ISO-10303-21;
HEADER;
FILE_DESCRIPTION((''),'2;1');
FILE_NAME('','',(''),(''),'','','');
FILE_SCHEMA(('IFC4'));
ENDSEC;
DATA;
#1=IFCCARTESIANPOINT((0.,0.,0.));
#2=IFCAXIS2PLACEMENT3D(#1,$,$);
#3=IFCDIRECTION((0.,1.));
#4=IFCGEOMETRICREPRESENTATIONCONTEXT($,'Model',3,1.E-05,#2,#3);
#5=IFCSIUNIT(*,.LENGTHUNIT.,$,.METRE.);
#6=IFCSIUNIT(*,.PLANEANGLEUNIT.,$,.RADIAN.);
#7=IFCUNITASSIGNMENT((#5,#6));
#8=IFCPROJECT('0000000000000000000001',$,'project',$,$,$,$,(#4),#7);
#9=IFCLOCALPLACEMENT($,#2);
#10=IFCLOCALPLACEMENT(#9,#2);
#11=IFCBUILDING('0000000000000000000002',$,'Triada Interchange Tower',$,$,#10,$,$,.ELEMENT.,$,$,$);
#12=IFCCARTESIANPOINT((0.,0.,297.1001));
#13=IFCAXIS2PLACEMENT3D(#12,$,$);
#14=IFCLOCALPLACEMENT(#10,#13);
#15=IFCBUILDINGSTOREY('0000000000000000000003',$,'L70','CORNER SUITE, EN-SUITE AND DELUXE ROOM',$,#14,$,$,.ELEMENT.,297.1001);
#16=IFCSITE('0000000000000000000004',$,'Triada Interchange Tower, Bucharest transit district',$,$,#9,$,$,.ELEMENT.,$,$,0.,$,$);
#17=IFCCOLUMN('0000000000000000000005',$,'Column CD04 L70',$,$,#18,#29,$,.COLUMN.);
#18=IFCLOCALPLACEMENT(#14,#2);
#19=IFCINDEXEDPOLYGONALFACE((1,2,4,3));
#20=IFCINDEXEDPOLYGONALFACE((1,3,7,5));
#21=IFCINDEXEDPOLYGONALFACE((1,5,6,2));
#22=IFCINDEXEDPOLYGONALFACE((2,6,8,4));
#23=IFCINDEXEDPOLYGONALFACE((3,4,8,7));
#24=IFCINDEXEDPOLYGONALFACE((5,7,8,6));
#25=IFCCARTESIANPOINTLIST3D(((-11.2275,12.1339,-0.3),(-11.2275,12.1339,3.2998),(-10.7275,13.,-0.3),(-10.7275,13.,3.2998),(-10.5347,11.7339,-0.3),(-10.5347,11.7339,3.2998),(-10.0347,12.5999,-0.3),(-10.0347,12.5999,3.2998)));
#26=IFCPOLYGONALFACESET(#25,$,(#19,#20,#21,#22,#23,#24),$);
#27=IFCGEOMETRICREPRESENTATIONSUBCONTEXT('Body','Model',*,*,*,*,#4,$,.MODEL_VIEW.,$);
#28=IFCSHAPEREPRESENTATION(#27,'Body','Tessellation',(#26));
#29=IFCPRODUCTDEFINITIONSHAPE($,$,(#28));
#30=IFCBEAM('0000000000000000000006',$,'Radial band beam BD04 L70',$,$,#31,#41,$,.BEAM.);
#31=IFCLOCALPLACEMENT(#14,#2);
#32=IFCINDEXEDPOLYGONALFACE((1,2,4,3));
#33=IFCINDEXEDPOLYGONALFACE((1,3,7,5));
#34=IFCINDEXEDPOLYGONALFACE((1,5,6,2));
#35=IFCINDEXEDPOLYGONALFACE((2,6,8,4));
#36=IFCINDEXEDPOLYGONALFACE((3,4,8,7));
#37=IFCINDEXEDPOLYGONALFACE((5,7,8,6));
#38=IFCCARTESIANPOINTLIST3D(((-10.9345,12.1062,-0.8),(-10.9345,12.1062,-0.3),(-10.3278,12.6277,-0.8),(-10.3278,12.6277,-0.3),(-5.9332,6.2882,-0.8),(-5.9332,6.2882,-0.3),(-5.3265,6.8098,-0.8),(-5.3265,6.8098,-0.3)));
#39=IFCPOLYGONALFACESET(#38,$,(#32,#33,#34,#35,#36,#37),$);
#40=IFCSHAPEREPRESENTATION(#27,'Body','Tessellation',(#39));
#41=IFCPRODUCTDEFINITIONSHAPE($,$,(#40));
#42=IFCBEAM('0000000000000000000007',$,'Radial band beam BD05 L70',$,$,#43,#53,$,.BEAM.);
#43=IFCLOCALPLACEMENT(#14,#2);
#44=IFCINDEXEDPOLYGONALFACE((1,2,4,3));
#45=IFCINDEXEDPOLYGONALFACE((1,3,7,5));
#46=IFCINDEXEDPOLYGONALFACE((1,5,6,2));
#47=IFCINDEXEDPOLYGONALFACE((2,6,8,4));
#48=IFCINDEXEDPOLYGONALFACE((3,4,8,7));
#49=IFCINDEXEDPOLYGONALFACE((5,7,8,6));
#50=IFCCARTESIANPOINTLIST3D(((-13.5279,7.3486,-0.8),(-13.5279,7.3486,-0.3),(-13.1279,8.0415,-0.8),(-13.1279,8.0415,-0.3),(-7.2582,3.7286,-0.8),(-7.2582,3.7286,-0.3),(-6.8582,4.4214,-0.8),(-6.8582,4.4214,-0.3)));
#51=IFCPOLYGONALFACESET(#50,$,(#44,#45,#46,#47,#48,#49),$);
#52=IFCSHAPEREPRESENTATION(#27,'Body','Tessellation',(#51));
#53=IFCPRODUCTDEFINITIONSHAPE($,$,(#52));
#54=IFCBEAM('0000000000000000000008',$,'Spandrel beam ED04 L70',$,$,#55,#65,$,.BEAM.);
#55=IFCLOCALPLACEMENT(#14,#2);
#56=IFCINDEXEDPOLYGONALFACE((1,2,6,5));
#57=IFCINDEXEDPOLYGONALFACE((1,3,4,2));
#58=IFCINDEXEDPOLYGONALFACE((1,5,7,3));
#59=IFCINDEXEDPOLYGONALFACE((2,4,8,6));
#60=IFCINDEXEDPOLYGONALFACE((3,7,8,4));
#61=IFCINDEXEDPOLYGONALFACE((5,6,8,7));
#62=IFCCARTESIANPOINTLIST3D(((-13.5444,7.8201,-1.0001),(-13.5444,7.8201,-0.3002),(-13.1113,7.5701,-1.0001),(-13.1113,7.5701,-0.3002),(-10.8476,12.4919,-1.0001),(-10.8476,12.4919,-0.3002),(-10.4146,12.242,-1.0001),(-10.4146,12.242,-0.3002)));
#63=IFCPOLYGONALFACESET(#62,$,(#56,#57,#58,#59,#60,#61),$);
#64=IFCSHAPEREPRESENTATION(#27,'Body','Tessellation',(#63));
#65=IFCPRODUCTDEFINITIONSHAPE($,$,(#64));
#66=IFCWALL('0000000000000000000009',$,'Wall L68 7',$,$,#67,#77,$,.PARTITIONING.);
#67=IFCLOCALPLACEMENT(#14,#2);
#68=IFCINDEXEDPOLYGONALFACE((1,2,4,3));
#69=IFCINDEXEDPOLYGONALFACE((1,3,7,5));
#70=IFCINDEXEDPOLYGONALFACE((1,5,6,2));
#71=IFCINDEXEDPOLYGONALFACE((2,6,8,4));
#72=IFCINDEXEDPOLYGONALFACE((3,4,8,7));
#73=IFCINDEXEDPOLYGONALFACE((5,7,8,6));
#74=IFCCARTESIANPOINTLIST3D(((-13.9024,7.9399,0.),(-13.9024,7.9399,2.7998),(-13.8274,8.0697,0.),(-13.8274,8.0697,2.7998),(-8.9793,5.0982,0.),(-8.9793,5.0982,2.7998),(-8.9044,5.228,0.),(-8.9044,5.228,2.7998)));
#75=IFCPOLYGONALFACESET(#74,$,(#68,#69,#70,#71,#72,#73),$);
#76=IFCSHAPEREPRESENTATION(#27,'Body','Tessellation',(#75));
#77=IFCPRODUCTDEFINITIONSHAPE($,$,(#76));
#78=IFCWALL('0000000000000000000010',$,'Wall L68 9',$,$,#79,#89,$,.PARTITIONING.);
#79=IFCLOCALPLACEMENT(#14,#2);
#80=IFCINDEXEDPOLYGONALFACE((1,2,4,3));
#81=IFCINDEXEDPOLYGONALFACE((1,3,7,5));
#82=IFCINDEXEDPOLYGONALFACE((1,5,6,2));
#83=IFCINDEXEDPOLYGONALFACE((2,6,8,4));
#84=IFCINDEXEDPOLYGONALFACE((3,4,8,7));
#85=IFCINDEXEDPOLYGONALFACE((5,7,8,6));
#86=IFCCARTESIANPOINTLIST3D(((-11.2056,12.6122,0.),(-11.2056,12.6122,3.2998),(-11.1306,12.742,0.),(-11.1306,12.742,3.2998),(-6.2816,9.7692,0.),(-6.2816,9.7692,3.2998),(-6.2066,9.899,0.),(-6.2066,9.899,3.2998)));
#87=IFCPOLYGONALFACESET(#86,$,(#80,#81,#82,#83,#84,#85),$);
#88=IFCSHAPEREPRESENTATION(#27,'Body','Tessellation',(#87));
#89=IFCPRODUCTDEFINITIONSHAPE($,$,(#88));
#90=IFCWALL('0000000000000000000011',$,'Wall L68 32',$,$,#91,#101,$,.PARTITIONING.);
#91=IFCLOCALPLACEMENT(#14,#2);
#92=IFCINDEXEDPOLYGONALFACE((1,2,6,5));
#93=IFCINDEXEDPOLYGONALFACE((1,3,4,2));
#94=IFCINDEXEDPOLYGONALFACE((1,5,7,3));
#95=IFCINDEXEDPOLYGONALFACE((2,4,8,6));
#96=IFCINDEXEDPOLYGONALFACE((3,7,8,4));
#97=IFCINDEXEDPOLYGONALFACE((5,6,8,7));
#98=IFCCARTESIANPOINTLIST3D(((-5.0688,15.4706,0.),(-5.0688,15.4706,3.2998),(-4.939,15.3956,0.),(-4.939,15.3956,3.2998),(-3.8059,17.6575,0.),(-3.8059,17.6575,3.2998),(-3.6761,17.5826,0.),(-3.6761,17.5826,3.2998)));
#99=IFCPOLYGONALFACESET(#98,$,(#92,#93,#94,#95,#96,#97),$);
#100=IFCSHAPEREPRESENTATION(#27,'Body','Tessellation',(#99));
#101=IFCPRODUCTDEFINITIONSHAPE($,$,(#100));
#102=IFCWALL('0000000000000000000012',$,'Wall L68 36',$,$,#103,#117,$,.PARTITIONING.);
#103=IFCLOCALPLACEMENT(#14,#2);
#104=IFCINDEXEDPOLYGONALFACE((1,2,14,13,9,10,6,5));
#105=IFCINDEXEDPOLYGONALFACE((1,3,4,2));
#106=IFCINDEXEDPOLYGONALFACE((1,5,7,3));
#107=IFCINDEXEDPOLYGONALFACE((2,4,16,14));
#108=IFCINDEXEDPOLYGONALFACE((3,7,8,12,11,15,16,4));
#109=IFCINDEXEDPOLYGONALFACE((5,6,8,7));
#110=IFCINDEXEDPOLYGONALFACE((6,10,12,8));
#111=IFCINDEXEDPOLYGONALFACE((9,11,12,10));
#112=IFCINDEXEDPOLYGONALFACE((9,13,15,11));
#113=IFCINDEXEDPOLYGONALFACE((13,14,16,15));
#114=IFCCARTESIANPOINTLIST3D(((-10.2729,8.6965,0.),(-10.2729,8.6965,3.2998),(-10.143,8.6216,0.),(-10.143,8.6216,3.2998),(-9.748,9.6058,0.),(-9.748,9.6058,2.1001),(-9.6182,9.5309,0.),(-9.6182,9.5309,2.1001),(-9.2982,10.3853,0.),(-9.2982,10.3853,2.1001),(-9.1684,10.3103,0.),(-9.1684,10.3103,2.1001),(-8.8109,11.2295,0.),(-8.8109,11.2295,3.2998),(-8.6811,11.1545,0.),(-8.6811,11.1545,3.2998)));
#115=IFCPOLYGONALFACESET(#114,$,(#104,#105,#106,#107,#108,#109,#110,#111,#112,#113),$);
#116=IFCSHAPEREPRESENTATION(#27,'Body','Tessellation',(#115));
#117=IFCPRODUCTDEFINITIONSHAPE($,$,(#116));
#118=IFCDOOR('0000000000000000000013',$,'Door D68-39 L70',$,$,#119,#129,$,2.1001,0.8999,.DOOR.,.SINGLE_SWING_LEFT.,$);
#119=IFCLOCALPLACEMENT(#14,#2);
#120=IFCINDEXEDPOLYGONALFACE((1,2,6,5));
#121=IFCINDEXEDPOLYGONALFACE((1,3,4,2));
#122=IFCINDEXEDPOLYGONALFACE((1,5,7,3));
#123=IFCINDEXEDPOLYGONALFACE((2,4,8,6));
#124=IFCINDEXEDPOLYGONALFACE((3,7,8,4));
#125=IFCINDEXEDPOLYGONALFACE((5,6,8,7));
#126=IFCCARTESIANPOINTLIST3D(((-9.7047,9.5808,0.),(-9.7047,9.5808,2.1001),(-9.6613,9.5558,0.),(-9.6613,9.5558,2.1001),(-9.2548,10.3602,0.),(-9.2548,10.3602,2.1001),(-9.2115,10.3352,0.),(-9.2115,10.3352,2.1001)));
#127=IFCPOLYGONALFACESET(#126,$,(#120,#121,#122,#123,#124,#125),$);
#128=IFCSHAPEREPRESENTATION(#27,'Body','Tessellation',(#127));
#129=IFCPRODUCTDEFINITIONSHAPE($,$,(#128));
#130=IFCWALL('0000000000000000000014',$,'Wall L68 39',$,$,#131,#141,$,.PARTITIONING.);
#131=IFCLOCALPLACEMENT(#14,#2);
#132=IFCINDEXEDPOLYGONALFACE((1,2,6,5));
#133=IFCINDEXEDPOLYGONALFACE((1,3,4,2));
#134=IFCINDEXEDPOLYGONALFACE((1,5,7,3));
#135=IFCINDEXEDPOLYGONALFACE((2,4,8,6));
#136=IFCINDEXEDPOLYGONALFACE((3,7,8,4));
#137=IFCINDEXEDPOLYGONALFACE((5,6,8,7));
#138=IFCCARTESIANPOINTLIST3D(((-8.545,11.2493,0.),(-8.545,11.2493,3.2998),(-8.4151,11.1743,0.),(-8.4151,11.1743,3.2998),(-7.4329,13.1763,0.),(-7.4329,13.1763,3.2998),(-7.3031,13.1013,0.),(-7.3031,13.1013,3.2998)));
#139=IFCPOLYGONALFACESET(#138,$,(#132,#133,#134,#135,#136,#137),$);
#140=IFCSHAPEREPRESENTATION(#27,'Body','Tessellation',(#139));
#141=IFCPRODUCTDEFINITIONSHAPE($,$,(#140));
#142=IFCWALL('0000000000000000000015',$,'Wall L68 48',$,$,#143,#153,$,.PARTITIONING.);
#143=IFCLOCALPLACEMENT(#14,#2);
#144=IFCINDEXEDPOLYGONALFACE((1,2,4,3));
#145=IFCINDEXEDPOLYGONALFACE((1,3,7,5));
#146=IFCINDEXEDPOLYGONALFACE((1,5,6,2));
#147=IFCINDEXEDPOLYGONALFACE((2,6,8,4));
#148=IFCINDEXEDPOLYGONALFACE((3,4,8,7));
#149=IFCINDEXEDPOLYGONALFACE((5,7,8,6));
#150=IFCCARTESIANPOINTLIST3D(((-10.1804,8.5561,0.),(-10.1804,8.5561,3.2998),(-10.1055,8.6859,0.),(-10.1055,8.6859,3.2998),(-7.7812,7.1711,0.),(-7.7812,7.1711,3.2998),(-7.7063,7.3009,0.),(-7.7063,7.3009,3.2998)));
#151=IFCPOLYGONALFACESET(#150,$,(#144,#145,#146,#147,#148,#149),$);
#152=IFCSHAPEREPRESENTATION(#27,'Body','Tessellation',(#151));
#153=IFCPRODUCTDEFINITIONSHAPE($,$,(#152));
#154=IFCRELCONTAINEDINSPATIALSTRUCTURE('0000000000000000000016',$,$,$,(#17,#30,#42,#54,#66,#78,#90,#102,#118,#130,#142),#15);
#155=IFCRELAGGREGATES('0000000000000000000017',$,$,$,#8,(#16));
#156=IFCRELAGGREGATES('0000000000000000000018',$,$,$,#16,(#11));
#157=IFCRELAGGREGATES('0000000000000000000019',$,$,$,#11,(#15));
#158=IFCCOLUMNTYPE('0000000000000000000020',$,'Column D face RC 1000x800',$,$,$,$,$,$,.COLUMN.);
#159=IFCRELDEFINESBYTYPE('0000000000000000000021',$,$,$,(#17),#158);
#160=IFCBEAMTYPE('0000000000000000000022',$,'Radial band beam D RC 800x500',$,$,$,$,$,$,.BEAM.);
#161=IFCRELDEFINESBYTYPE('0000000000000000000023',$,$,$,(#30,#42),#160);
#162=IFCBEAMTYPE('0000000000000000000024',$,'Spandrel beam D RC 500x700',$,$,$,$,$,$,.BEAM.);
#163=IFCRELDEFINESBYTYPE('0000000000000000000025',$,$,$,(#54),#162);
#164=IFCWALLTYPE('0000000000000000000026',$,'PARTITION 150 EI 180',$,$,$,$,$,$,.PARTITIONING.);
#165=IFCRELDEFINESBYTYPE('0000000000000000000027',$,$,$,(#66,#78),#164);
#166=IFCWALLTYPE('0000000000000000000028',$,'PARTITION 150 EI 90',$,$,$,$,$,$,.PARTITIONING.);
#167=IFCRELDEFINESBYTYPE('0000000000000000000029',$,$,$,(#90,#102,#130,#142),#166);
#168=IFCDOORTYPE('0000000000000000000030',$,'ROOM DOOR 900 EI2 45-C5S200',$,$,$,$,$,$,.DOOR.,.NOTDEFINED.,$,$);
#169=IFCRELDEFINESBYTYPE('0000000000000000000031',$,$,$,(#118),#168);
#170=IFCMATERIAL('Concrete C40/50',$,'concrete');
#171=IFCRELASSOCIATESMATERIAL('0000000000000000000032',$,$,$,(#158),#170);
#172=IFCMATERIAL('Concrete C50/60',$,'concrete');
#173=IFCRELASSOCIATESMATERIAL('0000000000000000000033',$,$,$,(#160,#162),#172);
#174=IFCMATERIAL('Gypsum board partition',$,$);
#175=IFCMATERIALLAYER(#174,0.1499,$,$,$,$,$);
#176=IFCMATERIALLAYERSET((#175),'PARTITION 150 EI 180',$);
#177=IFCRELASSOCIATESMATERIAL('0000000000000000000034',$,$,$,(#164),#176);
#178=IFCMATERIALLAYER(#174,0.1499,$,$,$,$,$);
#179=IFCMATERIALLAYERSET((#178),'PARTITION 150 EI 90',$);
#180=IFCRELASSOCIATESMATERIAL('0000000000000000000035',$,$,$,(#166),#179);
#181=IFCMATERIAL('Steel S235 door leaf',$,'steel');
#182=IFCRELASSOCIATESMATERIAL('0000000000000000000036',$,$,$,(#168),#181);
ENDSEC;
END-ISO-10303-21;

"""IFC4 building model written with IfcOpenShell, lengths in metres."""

from ifc_helpers import new_model, si_unit, direction, frame, frame_2d, origin, origin_2d, place, context, subcontext, project, spatial, rectangle, extrude, material, layer, layer_set, material_profile, profile_set, type_object, element, fill, save


model = new_model("IFC4")

# Units and contexts
model_context = context("Model", 3, precision=1e-05, world=origin(), true_north=direction((0.0, 1.0)))
body_context = subcontext(model_context, "Body", "Model", "MODEL_VIEW")
ifc_project = project(units=[si_unit("LENGTHUNIT", "METRE"), si_unit("PLANEANGLEUNIT", "RADIAN")], contexts=[model_context])

# Site, building, storey
site_placement = place(None, origin())
site = spatial("IfcSite", under=ifc_project, at=site_placement, Name="Triada Interchange Tower, Bucharest transit district", CompositionType="ELEMENT", RefElevation=0.0)
building_placement = place(site_placement, origin())
building = spatial("IfcBuilding", under=site, at=building_placement, Name="Triada Interchange Tower", CompositionType="ELEMENT")
storey_placement = place(building_placement, frame((0.0, 0.0, 297.1001)))
storey = spatial("IfcBuildingStorey", under=building, at=storey_placement, Name="L70", Description="CORNER SUITE, EN-SUITE AND DELUXE ROOM", CompositionType="ELEMENT", Elevation=297.1001)

# Column
ifc_material_1 = material(Name="Concrete C40/50", Category="concrete")
ifc_material_profile_1 = material_profile(ifc_material_1, rectangle(XDim=1.0, YDim=0.8, at=origin_2d()), Name="RC 1000x800")
ifc_profile_set_1 = profile_set([ifc_material_profile_1], Name="Concrete C40/50")
column_type = type_object("IfcColumnType", Name="Column D face RC 1000x800", PredefinedType="COLUMN", material=ifc_profile_set_1)
column_placement = place(storey_placement, frame((-10.6311, 12.3669, -0.3), z_axis=(0.0, 0.0, 1.0), x_axis=(0.5, 0.866025, 0.0)))
element("IfcColumn", 1, at=column_placement, inside=storey, type_object=column_type, Name="Column CD04 L70", PredefinedType="COLUMN", context=body_context, shape_type="SweptSolid", body=[
    extrude(rectangle(XDim=1.0, YDim=0.8, at=origin_2d()), origin(), (0.0, 0.0, 1.0), 3.5999),
])

# Beams
ifc_material_2 = material(Name="Concrete C50/60", Category="concrete")
ifc_material_profile_2 = material_profile(ifc_material_2, rectangle(XDim=0.8, YDim=0.5, at=origin_2d()), Name="RC 800x500")
ifc_profile_set_2 = profile_set([ifc_material_profile_2], Name="Concrete C50/60")
beam_type_1 = type_object("IfcBeamType", Name="Radial band beam D RC 800x500", PredefinedType="BEAM", material=ifc_profile_set_2)
beam_1_placement = place(storey_placement, frame((-10.6311, 12.3669, -0.55), z_axis=(0.651878, -0.758324, 0.0), x_axis=(0.758324, 0.651878, 0.0)))
element("IfcBeam", 2, at=beam_1_placement, inside=storey, type_object=beam_type_1, Name="Radial band beam BD04 L70", PredefinedType="BEAM", context=body_context, shape_type="SweptSolid", body=[
    extrude(rectangle(XDim=0.8, YDim=0.5, at=origin_2d()), origin(), (0.0, 0.0, 1.0), 7.6721),
])
beam_2_placement = place(storey_placement, frame((-13.3279, 7.6951, -0.55), z_axis=(0.86601, -0.500027, 0.0), x_axis=(0.500027, 0.86601, 0.0)))
element("IfcBeam", 3, at=beam_2_placement, inside=storey, type_object=beam_type_1, Name="Radial band beam BD05 L70", PredefinedType="BEAM", context=body_context, shape_type="SweptSolid", body=[
    extrude(rectangle(XDim=0.8, YDim=0.5, at=origin_2d()), origin(), (0.0, 0.0, 1.0), 7.2397),
])
ifc_material_profile_3 = material_profile(ifc_material_2, rectangle(XDim=0.5, YDim=0.7, at=origin_2d()), Name="RC 500x700")
ifc_profile_set_3 = profile_set([ifc_material_profile_3], Name="Concrete C50/60")
beam_type_2 = type_object("IfcBeamType", Name="Spandrel beam D RC 500x700", PredefinedType="BEAM", material=ifc_profile_set_3)
beam_3_placement = place(storey_placement, frame((-10.6311, 12.3669, -0.6501), z_axis=(-0.499926, -0.866068, 0.0), x_axis=(0.866068, -0.499926, 0.0)))
element("IfcBeam", 4, at=beam_3_placement, inside=storey, type_object=beam_type_2, Name="Spandrel beam ED04 L70", PredefinedType="BEAM", context=body_context, shape_type="SweptSolid", body=[
    extrude(rectangle(XDim=0.5, YDim=0.7, at=origin_2d()), origin(), (0.0, 0.0, 1.0), 5.3943),
])

# Shared definitions
ifc_material_3 = material(Name="Steel S235 door leaf", Category="steel")

# Walls
ifc_material_4 = material(Name="Gypsum board partition")
ifc_layer_1 = layer(ifc_material_4, 0.1499)
ifc_layer_set_1 = layer_set([ifc_layer_1], Name="PARTITION 150 EI 180")
wall_type_1 = type_object("IfcWallType", Name="PARTITION 150 EI 180", PredefinedType="PARTITIONING", material=ifc_layer_set_1)
wall_1_placement = place(storey_placement, frame((-13.865, 8.0049, 0.0), z_axis=(0.0, 0.0, 1.0), x_axis=(0.866068, -0.499927, 0.0)))
element("IfcWall", 5, at=wall_1_placement, inside=storey, type_object=wall_type_1, Name="Wall L68 7", PredefinedType="PARTITIONING", context=body_context, shape_type="SweptSolid", body=[
    extrude(rectangle(XDim=5.6843, YDim=0.1499, at=frame_2d((2.8423, 0.0))), origin(), (0.0, 0.0, 1.0), 2.7998),
])
wall_2_placement = place(storey_placement, frame((-11.168, 12.677, 0.0), z_axis=(0.0, 0.0, 1.0), x_axis=(0.866018, -0.500014, 0.0)))
element("IfcWall", 6, at=wall_2_placement, inside=storey, type_object=wall_type_1, Name="Wall L68 9", PredefinedType="PARTITIONING", context=body_context, shape_type="SweptSolid", body=[
    extrude(rectangle(XDim=5.6858, YDim=0.1499, at=frame_2d((2.8428, 0.0))), origin(), (0.0, 0.0, 1.0), 3.2998),
])
ifc_layer_2 = layer(ifc_material_4, 0.1499)
ifc_layer_set_2 = layer_set([ifc_layer_2], Name="PARTITION 150 EI 90")
wall_type_2 = type_object("IfcWallType", Name="PARTITION 150 EI 90", PredefinedType="PARTITIONING", material=ifc_layer_set_2)
wall_3_placement = place(storey_placement, frame((-5.0039, 15.4331, 0.0), z_axis=(0.0, 0.0, 1.0), x_axis=(0.500079, 0.86598, 0.0)))
element("IfcWall", 7, at=wall_3_placement, inside=storey, type_object=wall_type_2, Name="Wall L68 32", PredefinedType="PARTITIONING", context=body_context, shape_type="SweptSolid", body=[
    extrude(rectangle(XDim=2.5254, YDim=0.1499, at=frame_2d((1.2627, 0.0))), origin(), (0.0, 0.0, 1.0), 3.2998),
])

# Wall, opening, door
wall_4_placement = place(storey_placement, frame((-10.208, 8.6589, 0.0), z_axis=(0.0, 0.0, 1.0), x_axis=(0.499874, 0.866098, 0.0)))
wall_4 = element("IfcWall", 8, at=wall_4_placement, inside=storey, type_object=wall_type_2, Name="Wall L68 36", PredefinedType="PARTITIONING", context=body_context, shape_type="SweptSolid", body=[
    extrude(rectangle(XDim=2.9246, YDim=0.1499, at=frame_2d((1.4624, 0.0))), origin(), (0.0, 0.0, 1.0), 3.2998),
])
opening_1_placement = place(wall_4_placement, frame((1.05, 0.0, 0.0)))
opening_1 = element("IfcOpeningElement", 9, at=opening_1_placement, cuts=wall_4, PredefinedType="OPENING", context=body_context, shape_type="SweptSolid", body=[
    extrude(rectangle(XDim=0.8999, YDim=2.1001, at=frame_2d((0.45, 1.05))), frame((0.0, 0.085, 0.0), z_axis=(0.0, -1.0, 0.0), x_axis=(1.0, 0.0, 0.0)), (0.0, 0.0, 1.0), 0.1699),
])
door_type_1 = type_object("IfcDoorType", Name="ROOM DOOR 900 EI2 45-C5S200", OperationType="NOTDEFINED", PredefinedType="DOOR", material=ifc_material_3)
door_1_placement = place(opening_1_placement, origin())
door_1 = element("IfcDoor", 10, at=door_1_placement, inside=storey, type_object=door_type_1, Name="Door D68-39 L70", OperationType="SINGLE_SWING_LEFT", OverallHeight=2.1001, OverallWidth=0.8999, PredefinedType="DOOR", context=body_context, shape_type="SweptSolid", body=[
    extrude(rectangle(XDim=0.8999, YDim=2.1001, at=frame_2d((0.45, 1.05))), frame((0.0, 0.0249, 0.0), z_axis=(0.0, -1.0, 0.0), x_axis=(1.0, 0.0, 0.0)), (0.0, 0.0, 1.0), 0.05),
])
fill(opening_1, door_1)

# Walls
wall_5_placement = place(storey_placement, frame((-8.48, 11.2119, 0.0), z_axis=(0.0, 0.0, 1.0), x_axis=(0.499833, 0.866122, 0.0)))
element("IfcWall", 11, at=wall_5_placement, inside=storey, type_object=wall_type_2, Name="Wall L68 39", PredefinedType="PARTITIONING", context=body_context, shape_type="SweptSolid", body=[
    extrude(rectangle(XDim=2.2249, YDim=0.1499, at=frame_2d((1.1123, 0.0))), origin(), (0.0, 0.0, 1.0), 3.2998),
])
wall_6_placement = place(storey_placement, frame((-10.1431, 8.6211, 0.0), z_axis=(0.0, 0.0, 1.0), x_axis=(0.866049, -0.499959, 0.0)))
element("IfcWall", 12, at=wall_6_placement, inside=storey, type_object=wall_type_2, Name="Wall L68 48", PredefinedType="PARTITIONING", context=body_context, shape_type="SweptSolid", body=[
    extrude(rectangle(XDim=2.7703, YDim=0.1499, at=frame_2d((1.3853, 0.0))), origin(), (0.0, 0.0, 1.0), 3.2998),
])

save(model, "model.ifc")
